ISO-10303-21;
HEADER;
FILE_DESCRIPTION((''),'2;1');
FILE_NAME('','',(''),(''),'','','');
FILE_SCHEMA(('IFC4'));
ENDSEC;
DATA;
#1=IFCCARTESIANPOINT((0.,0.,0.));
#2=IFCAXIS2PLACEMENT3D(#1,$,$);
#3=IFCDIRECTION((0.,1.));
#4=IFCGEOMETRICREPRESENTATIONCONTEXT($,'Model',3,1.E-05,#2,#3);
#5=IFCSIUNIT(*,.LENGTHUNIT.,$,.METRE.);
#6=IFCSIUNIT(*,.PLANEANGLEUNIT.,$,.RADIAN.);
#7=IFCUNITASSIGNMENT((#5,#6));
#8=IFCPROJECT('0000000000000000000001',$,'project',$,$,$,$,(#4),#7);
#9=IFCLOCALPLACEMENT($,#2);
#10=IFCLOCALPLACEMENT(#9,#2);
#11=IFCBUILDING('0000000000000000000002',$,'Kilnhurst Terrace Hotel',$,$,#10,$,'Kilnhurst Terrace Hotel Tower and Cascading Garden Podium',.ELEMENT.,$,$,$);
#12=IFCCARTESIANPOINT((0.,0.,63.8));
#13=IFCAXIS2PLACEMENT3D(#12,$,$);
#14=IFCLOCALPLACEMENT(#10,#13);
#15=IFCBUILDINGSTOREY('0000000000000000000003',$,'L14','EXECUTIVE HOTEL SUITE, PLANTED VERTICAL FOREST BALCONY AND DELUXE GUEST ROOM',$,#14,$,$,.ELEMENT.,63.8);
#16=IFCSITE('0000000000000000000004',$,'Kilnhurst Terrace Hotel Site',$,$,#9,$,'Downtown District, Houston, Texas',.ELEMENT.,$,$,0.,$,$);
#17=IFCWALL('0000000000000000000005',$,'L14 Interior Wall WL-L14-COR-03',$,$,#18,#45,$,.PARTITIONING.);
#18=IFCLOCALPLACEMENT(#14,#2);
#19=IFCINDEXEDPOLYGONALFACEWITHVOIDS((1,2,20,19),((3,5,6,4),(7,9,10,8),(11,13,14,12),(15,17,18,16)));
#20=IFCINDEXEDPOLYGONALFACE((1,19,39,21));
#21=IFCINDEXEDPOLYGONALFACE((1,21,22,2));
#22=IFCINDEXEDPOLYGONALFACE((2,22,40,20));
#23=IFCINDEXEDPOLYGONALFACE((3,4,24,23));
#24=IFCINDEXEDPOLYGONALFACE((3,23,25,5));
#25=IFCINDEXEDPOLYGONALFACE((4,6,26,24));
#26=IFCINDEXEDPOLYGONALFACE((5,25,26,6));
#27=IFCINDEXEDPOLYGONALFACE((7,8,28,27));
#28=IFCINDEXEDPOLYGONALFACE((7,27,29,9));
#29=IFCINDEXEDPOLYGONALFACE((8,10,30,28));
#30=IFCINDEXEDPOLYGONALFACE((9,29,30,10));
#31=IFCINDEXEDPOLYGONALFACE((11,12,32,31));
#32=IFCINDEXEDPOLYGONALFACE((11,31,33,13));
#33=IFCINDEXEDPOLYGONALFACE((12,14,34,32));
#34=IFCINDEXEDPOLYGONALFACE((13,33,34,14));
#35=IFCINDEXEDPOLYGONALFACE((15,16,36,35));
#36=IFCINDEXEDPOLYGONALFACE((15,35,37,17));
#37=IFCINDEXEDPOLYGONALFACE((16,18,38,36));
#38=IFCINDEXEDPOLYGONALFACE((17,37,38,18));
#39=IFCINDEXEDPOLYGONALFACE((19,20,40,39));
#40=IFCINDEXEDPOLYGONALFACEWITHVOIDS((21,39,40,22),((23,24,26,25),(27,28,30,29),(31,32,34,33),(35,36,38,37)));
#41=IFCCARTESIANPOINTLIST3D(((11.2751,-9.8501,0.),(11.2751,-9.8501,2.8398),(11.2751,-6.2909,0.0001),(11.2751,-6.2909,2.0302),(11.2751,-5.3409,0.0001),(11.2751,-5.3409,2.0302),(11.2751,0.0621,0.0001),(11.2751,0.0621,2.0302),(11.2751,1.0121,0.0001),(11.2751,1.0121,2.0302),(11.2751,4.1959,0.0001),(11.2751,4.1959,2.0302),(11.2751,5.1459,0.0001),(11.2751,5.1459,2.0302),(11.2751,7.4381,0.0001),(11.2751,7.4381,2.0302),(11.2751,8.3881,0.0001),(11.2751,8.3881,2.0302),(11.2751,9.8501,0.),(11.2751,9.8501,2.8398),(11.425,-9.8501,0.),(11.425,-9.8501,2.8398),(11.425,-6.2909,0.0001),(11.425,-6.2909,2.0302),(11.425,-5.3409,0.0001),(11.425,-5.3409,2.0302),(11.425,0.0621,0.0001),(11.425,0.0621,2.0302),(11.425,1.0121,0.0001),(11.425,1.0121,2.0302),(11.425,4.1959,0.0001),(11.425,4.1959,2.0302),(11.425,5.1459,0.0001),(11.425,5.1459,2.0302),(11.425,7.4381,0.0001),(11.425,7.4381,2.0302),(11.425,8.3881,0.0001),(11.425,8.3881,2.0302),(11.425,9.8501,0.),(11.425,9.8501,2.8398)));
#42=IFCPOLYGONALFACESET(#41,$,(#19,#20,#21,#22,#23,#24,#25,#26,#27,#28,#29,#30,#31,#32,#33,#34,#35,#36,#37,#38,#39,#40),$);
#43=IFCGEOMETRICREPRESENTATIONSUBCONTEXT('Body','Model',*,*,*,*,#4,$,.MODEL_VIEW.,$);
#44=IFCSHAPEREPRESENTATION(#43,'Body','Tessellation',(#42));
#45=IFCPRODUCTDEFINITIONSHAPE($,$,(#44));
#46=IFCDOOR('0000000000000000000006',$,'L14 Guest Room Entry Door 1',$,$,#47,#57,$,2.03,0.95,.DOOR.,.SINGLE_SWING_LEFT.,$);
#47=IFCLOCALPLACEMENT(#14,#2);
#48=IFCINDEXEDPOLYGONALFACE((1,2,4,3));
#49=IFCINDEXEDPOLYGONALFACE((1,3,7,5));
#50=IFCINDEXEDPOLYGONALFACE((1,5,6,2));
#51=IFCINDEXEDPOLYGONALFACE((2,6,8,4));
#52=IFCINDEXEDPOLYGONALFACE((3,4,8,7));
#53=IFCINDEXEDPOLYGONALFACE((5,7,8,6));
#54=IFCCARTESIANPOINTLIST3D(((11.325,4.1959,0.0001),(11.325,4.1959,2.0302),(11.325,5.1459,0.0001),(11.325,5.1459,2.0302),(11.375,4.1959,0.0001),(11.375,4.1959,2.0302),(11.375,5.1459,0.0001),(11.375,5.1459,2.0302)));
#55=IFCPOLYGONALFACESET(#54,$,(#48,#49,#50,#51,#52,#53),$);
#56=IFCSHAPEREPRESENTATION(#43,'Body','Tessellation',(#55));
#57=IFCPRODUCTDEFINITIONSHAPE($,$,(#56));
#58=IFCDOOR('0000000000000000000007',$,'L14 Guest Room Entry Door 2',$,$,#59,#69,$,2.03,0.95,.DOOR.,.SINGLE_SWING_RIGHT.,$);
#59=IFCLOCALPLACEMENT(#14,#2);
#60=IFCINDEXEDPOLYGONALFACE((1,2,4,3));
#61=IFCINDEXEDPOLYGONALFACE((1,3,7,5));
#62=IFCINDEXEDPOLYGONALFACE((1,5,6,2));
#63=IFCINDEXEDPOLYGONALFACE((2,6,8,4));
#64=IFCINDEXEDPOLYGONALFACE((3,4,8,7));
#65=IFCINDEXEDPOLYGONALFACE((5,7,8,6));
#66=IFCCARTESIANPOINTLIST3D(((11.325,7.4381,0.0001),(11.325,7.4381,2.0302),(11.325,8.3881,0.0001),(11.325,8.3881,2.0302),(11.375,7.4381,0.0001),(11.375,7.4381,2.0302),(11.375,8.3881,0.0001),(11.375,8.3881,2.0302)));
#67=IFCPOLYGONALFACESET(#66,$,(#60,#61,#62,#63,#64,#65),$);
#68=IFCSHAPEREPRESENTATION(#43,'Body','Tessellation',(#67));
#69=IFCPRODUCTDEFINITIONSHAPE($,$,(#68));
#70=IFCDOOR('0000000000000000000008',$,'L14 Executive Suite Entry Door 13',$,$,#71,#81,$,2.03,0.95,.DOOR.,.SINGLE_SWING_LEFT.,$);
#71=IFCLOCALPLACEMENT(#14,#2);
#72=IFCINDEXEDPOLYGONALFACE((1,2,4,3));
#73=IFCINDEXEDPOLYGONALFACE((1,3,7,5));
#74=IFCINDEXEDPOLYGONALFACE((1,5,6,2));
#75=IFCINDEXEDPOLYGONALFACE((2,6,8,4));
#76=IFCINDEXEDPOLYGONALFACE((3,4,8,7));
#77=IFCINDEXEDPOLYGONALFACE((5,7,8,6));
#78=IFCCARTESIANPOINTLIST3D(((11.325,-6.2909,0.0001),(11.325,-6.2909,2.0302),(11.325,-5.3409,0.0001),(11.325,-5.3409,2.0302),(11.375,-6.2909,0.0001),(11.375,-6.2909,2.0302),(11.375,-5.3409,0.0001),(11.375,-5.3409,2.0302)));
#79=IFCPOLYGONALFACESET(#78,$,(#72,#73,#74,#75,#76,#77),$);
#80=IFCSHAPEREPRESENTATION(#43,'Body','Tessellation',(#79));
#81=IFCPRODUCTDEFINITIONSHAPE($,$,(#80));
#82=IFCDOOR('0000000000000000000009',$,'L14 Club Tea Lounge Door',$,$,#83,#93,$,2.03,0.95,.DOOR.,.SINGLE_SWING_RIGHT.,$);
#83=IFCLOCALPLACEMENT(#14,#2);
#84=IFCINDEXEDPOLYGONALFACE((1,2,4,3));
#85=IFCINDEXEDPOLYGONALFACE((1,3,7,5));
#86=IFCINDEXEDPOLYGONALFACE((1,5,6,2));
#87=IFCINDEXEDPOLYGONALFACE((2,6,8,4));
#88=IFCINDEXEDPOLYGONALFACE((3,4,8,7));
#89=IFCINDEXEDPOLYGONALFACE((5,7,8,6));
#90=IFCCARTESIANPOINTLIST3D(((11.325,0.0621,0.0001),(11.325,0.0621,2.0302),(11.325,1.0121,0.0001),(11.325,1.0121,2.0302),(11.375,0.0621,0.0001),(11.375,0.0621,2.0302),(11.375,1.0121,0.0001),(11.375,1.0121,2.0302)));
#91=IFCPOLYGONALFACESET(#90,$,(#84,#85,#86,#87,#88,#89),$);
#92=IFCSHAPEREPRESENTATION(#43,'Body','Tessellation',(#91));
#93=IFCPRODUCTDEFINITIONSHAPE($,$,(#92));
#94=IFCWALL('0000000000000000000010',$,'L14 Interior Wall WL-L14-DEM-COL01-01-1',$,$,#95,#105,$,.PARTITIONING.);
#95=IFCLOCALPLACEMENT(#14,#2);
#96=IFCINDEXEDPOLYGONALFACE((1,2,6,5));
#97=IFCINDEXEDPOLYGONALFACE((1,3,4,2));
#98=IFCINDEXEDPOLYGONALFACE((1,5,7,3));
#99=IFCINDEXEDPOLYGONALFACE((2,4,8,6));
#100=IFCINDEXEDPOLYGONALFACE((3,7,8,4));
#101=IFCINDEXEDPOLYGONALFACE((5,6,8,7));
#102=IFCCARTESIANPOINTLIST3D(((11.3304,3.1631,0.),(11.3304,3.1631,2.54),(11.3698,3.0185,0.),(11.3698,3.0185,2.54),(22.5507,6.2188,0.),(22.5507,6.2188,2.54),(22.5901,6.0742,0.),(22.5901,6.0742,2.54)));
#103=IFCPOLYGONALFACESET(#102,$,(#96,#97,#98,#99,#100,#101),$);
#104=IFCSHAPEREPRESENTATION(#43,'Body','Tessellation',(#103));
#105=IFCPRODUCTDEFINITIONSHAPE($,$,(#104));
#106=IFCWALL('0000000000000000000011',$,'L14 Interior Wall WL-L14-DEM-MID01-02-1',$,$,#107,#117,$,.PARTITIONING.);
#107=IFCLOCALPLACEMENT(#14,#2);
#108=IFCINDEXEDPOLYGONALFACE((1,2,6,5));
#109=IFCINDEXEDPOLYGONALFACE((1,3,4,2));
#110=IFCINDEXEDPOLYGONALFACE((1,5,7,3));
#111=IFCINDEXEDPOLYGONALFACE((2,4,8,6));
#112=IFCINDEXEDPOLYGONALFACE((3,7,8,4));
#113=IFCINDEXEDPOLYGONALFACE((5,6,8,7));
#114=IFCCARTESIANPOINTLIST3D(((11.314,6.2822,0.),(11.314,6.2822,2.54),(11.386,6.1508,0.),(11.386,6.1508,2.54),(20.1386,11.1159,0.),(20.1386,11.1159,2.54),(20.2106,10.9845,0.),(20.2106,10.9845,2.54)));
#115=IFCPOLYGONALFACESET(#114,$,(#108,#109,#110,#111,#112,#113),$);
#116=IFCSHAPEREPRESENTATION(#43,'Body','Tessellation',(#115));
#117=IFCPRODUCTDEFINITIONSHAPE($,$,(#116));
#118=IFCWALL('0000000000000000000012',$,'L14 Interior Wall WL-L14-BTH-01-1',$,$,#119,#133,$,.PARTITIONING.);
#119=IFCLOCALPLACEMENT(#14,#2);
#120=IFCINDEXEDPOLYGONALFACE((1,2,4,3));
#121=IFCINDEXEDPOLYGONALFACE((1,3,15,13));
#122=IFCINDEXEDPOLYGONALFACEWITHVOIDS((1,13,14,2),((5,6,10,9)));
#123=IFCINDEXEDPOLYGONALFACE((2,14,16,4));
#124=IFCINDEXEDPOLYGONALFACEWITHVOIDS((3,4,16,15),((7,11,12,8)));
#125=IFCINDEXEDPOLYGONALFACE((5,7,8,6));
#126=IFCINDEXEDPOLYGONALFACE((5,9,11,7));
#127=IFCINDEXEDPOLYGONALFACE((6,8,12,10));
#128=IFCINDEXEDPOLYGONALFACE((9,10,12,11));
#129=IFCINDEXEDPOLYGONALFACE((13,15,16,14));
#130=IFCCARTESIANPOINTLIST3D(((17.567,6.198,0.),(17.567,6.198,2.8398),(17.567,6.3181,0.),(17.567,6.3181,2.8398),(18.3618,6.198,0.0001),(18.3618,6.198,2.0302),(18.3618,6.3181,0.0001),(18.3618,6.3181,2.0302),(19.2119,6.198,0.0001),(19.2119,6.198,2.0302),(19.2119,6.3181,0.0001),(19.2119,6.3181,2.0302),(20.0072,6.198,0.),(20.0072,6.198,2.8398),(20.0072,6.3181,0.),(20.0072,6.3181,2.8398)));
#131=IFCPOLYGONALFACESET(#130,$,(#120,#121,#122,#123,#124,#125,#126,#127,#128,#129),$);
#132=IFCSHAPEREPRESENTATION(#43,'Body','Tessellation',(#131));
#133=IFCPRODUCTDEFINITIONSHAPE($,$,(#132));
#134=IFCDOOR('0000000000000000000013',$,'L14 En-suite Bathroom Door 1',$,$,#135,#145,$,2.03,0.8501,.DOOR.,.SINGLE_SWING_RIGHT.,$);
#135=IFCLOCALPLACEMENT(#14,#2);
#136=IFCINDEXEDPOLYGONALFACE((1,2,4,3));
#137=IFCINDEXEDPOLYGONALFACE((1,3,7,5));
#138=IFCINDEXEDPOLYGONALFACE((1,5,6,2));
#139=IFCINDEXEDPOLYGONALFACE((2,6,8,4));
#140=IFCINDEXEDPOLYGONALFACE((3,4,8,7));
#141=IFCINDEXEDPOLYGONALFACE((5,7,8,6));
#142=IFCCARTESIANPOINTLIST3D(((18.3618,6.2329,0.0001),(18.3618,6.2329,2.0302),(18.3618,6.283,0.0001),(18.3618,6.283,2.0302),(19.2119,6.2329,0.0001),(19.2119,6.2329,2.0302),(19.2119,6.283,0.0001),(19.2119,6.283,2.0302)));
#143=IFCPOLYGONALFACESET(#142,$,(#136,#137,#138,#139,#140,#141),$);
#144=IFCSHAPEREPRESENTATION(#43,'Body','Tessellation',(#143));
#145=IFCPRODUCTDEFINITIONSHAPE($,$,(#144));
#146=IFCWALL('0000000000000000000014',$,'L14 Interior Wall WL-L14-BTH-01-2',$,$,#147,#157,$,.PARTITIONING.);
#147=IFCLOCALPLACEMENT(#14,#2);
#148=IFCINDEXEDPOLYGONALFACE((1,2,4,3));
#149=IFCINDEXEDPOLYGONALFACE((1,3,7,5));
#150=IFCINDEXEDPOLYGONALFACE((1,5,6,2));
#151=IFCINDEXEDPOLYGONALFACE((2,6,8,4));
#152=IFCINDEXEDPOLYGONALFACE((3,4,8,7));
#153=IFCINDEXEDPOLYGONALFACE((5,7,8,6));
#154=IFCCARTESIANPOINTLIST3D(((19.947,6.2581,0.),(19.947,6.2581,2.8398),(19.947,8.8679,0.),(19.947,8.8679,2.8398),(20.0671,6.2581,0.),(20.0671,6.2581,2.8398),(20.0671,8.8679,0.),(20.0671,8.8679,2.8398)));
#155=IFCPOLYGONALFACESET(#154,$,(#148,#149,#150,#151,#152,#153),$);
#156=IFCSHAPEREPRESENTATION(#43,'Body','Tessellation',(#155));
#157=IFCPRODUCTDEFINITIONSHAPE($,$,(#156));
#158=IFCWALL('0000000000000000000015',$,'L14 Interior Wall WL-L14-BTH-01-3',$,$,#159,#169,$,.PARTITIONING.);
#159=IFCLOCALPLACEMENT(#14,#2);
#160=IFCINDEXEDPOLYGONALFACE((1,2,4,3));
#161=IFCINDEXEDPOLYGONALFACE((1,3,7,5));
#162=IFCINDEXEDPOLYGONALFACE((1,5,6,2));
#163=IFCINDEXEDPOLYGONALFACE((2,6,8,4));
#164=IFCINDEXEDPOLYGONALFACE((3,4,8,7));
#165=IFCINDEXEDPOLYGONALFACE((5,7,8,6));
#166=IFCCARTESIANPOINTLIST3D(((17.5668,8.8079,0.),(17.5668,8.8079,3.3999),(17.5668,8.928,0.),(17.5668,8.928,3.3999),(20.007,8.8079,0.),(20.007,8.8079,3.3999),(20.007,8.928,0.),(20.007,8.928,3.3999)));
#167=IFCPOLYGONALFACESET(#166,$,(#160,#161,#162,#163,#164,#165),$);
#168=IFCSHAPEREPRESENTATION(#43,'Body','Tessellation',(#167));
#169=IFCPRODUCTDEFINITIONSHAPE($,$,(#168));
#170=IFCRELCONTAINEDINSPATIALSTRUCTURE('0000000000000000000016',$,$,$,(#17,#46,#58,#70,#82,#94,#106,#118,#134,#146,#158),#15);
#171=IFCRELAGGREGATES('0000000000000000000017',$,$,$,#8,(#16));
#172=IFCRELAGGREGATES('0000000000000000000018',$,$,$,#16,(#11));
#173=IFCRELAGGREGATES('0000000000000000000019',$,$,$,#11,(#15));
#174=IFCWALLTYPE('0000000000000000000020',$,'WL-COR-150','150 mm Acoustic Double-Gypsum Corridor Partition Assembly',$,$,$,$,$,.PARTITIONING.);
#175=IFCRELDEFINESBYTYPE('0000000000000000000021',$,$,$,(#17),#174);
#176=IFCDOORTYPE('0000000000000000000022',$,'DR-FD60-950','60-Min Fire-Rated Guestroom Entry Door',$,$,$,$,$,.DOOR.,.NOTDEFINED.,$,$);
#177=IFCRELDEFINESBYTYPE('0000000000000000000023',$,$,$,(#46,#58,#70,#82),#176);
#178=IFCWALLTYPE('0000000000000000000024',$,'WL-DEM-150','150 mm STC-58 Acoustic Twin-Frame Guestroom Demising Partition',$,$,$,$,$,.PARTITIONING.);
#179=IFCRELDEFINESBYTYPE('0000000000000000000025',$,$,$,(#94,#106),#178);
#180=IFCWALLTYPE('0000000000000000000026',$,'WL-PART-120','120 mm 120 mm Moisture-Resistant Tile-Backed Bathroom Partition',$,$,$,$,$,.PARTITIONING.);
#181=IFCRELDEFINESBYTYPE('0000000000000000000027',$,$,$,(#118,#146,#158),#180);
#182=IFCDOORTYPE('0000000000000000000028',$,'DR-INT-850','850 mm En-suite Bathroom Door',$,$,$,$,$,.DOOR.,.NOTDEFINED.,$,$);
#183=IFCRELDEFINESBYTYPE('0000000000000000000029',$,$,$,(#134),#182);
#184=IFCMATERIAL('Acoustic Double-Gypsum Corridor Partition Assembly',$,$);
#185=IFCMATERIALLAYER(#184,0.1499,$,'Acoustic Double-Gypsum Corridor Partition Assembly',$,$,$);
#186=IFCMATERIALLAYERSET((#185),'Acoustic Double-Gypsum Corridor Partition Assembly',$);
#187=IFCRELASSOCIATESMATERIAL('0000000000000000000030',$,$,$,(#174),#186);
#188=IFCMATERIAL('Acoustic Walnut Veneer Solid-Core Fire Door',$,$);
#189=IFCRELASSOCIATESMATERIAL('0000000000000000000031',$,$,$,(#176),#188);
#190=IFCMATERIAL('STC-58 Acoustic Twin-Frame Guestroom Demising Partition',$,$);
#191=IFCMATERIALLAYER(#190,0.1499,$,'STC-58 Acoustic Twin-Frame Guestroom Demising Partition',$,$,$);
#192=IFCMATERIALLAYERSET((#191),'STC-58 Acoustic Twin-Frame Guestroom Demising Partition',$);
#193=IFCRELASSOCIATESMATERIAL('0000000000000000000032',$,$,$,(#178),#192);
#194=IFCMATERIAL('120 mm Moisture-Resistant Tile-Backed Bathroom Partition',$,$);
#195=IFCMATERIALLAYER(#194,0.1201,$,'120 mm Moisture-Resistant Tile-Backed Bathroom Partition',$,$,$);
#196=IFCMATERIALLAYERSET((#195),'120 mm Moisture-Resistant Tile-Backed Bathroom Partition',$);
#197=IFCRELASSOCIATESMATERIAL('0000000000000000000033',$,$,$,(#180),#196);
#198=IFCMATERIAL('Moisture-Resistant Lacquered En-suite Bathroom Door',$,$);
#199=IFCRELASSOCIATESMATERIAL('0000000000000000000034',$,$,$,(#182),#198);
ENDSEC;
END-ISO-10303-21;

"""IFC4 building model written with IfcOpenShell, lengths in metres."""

from ifc_helpers import new_model, si_unit, direction, frame, frame_2d, origin, place, context, subcontext, project, spatial, rectangle, extrude, material, layer, layer_set, type_object, element, fill, save


model = new_model("IFC4")

# Units and contexts
model_context = context("Model", 3, precision=1e-05, world=origin(), true_north=direction((0.0, 1.0)))
body_context = subcontext(model_context, "Body", "Model", "MODEL_VIEW")
ifc_project = project(units=[si_unit("LENGTHUNIT", "METRE"), si_unit("PLANEANGLEUNIT", "RADIAN")], contexts=[model_context])

# Site, building, storey
site_placement = place(None, origin())
site = spatial("IfcSite", under=ifc_project, at=site_placement, Name="Kilnhurst Terrace Hotel Site", LongName="Downtown District, Houston, Texas", CompositionType="ELEMENT", RefElevation=0.0)
building_placement = place(site_placement, origin())
building = spatial("IfcBuilding", under=site, at=building_placement, Name="Kilnhurst Terrace Hotel", LongName="Kilnhurst Terrace Hotel Tower and Cascading Garden Podium", CompositionType="ELEMENT")
storey_placement = place(building_placement, frame((0.0, 0.0, 63.8)))
storey = spatial("IfcBuildingStorey", under=building, at=storey_placement, Name="L14", Description="EXECUTIVE HOTEL SUITE, PLANTED VERTICAL FOREST BALCONY AND DELUXE GUEST ROOM", CompositionType="ELEMENT", Elevation=63.8)

# Wall, openings, doors
ifc_material_1 = material(Name="Acoustic Double-Gypsum Corridor Partition Assembly")
ifc_layer_1 = layer(ifc_material_1, 0.1499, Name="Acoustic Double-Gypsum Corridor Partition Assembly")
ifc_layer_set_1 = layer_set([ifc_layer_1], Name="Acoustic Double-Gypsum Corridor Partition Assembly")
wall_type_1 = type_object("IfcWallType", Name="WL-COR-150", Description="150 mm Acoustic Double-Gypsum Corridor Partition Assembly", PredefinedType="PARTITIONING", material=ifc_layer_set_1)
wall_1_placement = place(storey_placement, frame((11.3501, 9.8501, 0.0), z_axis=(0.0, 0.0, 1.0), x_axis=(0.0, -1.0, 0.0)))
wall_1 = element("IfcWall", 1, at=wall_1_placement, inside=storey, type_object=wall_type_1, Name="L14 Interior Wall WL-L14-COR-03", PredefinedType="PARTITIONING", context=body_context, shape_type="SweptSolid", body=[
    extrude(rectangle(XDim=19.7002, YDim=0.1499, at=frame_2d((9.8501, 0.0))), origin(), (0.0, 0.0, 1.0), 2.8398),
])
opening_1_placement = place(wall_1_placement, frame((4.7041, 0.0, 0.0)))
opening_1 = element("IfcOpeningElement", 2, at=opening_1_placement, cuts=wall_1, PredefinedType="OPENING", context=body_context, shape_type="SweptSolid", body=[
    extrude(rectangle(XDim=0.95, YDim=2.03, at=frame_2d((0.4751, 1.0151))), frame((0.0, 0.085, 0.0), z_axis=(0.0, -1.0, 0.0), x_axis=(1.0, 0.0, 0.0)), (0.0, 0.0, 1.0), 0.1699),
])
opening_2_placement = place(wall_1_placement, frame((1.4619, 0.0, 0.0)))
opening_2 = element("IfcOpeningElement", 3, at=opening_2_placement, cuts=wall_1, PredefinedType="OPENING", context=body_context, shape_type="SweptSolid", body=[
    extrude(rectangle(XDim=0.95, YDim=2.03, at=frame_2d((0.4751, 1.0151))), frame((0.0, 0.085, 0.0), z_axis=(0.0, -1.0, 0.0), x_axis=(1.0, 0.0, 0.0)), (0.0, 0.0, 1.0), 0.1699),
])
opening_3_placement = place(wall_1_placement, frame((15.1909, 0.0, 0.0)))
opening_3 = element("IfcOpeningElement", 4, at=opening_3_placement, cuts=wall_1, PredefinedType="OPENING", context=body_context, shape_type="SweptSolid", body=[
    extrude(rectangle(XDim=0.95, YDim=2.03, at=frame_2d((0.4751, 1.0151))), frame((0.0, 0.085, 0.0), z_axis=(0.0, -1.0, 0.0), x_axis=(1.0, 0.0, 0.0)), (0.0, 0.0, 1.0), 0.1699),
])
opening_4_placement = place(wall_1_placement, frame((8.8379, 0.0, 0.0)))
opening_4 = element("IfcOpeningElement", 5, at=opening_4_placement, cuts=wall_1, PredefinedType="OPENING", context=body_context, shape_type="SweptSolid", body=[
    extrude(rectangle(XDim=0.95, YDim=2.03, at=frame_2d((0.4751, 1.0151))), frame((0.0, 0.085, 0.0), z_axis=(0.0, -1.0, 0.0), x_axis=(1.0, 0.0, 0.0)), (0.0, 0.0, 1.0), 0.1699),
])
ifc_material_2 = material(Name="Acoustic Walnut Veneer Solid-Core Fire Door")
door_type_1 = type_object("IfcDoorType", Name="DR-FD60-950", Description="60-Min Fire-Rated Guestroom Entry Door", OperationType="NOTDEFINED", PredefinedType="DOOR", material=ifc_material_2)
door_1_placement = place(opening_1_placement, origin())
door_1 = element("IfcDoor", 6, at=door_1_placement, inside=storey, type_object=door_type_1, Name="L14 Guest Room Entry Door 1", OperationType="SINGLE_SWING_LEFT", OverallHeight=2.03, OverallWidth=0.95, PredefinedType="DOOR", context=body_context, shape_type="SweptSolid", body=[
    extrude(rectangle(XDim=0.95, YDim=2.03, at=frame_2d((0.4751, 1.0151))), frame((0.0, 0.0249, 0.0), z_axis=(0.0, -1.0, 0.0), x_axis=(1.0, 0.0, 0.0)), (0.0, 0.0, 1.0), 0.05),
])
fill(opening_1, door_1)
door_2_placement = place(opening_2_placement, origin())
door_2 = element("IfcDoor", 7, at=door_2_placement, inside=storey, type_object=door_type_1, Name="L14 Guest Room Entry Door 2", OperationType="SINGLE_SWING_RIGHT", OverallHeight=2.03, OverallWidth=0.95, PredefinedType="DOOR", context=body_context, shape_type="SweptSolid", body=[
    extrude(rectangle(XDim=0.95, YDim=2.03, at=frame_2d((0.4751, 1.0151))), frame((0.0, 0.0249, 0.0), z_axis=(0.0, -1.0, 0.0), x_axis=(1.0, 0.0, 0.0)), (0.0, 0.0, 1.0), 0.05),
])
fill(opening_2, door_2)
door_3_placement = place(opening_3_placement, origin())
door_3 = element("IfcDoor", 8, at=door_3_placement, inside=storey, type_object=door_type_1, Name="L14 Executive Suite Entry Door 13", OperationType="SINGLE_SWING_LEFT", OverallHeight=2.03, OverallWidth=0.95, PredefinedType="DOOR", context=body_context, shape_type="SweptSolid", body=[
    extrude(rectangle(XDim=0.95, YDim=2.03, at=frame_2d((0.4751, 1.0151))), frame((0.0, 0.0249, 0.0), z_axis=(0.0, -1.0, 0.0), x_axis=(1.0, 0.0, 0.0)), (0.0, 0.0, 1.0), 0.05),
])
fill(opening_3, door_3)
door_4_placement = place(opening_4_placement, origin())
door_4 = element("IfcDoor", 9, at=door_4_placement, inside=storey, type_object=door_type_1, Name="L14 Club Tea Lounge Door", OperationType="SINGLE_SWING_RIGHT", OverallHeight=2.03, OverallWidth=0.95, PredefinedType="DOOR", context=body_context, shape_type="SweptSolid", body=[
    extrude(rectangle(XDim=0.95, YDim=2.03, at=frame_2d((0.4751, 1.0151))), frame((0.0, 0.0249, 0.0), z_axis=(0.0, -1.0, 0.0), x_axis=(1.0, 0.0, 0.0)), (0.0, 0.0, 1.0), 0.05),
])
fill(opening_4, door_4)

# Walls
ifc_material_3 = material(Name="STC-58 Acoustic Twin-Frame Guestroom Demising Partition")
ifc_layer_2 = layer(ifc_material_3, 0.1499, Name="STC-58 Acoustic Twin-Frame Guestroom Demising Partition")
ifc_layer_set_2 = layer_set([ifc_layer_2], Name="STC-58 Acoustic Twin-Frame Guestroom Demising Partition")
wall_type_2 = type_object("IfcWallType", Name="WL-DEM-150", Description="150 mm STC-58 Acoustic Twin-Frame Guestroom Demising Partition", PredefinedType="PARTITIONING", material=ifc_layer_set_2)
wall_2_placement = place(storey_placement, frame((11.3501, 3.0908, 0.0), z_axis=(0.0, 0.0, 1.0), x_axis=(0.96486, 0.262766, 0.0)))
element("IfcWall", 10, at=wall_2_placement, inside=storey, type_object=wall_type_2, Name="L14 Interior Wall WL-L14-DEM-COL01-01-1", PredefinedType="PARTITIONING", context=body_context, shape_type="SweptSolid", body=[
    extrude(rectangle(XDim=11.6289, YDim=0.1499, at=frame_2d((5.8145, 0.0))), origin(), (0.0, 0.0, 1.0), 2.54),
])
wall_3_placement = place(storey_placement, frame((11.3501, 6.2166, 0.0), z_axis=(0.0, 0.0, 1.0), x_axis=(0.877048, 0.480404, 0.0)))
element("IfcWall", 11, at=wall_3_placement, inside=storey, type_object=wall_type_2, Name="L14 Interior Wall WL-L14-DEM-MID01-02-1", PredefinedType="PARTITIONING", context=body_context, shape_type="SweptSolid", body=[
    extrude(rectangle(XDim=10.0618, YDim=0.1499, at=frame_2d((5.0308, 0.0))), origin(), (0.0, 0.0, 1.0), 2.54),
])

# Wall, opening, door
ifc_material_4 = material(Name="120 mm Moisture-Resistant Tile-Backed Bathroom Partition")
ifc_layer_3 = layer(ifc_material_4, 0.1201, Name="120 mm Moisture-Resistant Tile-Backed Bathroom Partition")
ifc_layer_set_3 = layer_set([ifc_layer_3], Name="120 mm Moisture-Resistant Tile-Backed Bathroom Partition")
wall_type_3 = type_object("IfcWallType", Name="WL-PART-120", Description="120 mm 120 mm Moisture-Resistant Tile-Backed Bathroom Partition", PredefinedType="PARTITIONING", material=ifc_layer_set_3)
wall_4_placement = place(storey_placement, frame((17.5669, 6.2581, 0.0), z_axis=(0.0, 0.0, 1.0), x_axis=(1.0, 0.0, 0.0)))
wall_4 = element("IfcWall", 12, at=wall_4_placement, inside=storey, type_object=wall_type_3, Name="L14 Interior Wall WL-L14-BTH-01-1", PredefinedType="PARTITIONING", context=body_context, shape_type="SweptSolid", body=[
    extrude(rectangle(XDim=2.4402, YDim=0.1201, at=frame_2d((1.2202, 0.0))), origin(), (0.0, 0.0, 1.0), 2.8398),
])
opening_5_placement = place(wall_4_placement, frame((0.7949, 0.0, 0.0)))
opening_5 = element("IfcOpeningElement", 13, at=opening_5_placement, cuts=wall_4, PredefinedType="OPENING", context=body_context, shape_type="SweptSolid", body=[
    extrude(rectangle(XDim=0.8501, YDim=2.03, at=frame_2d((0.425, 1.0151))), frame((0.0, 0.0701, 0.0), z_axis=(0.0, -1.0, 0.0), x_axis=(1.0, 0.0, 0.0)), (0.0, 0.0, 1.0), 0.1401),
])
ifc_material_5 = material(Name="Moisture-Resistant Lacquered En-suite Bathroom Door")
door_type_2 = type_object("IfcDoorType", Name="DR-INT-850", Description="850 mm En-suite Bathroom Door", OperationType="NOTDEFINED", PredefinedType="DOOR", material=ifc_material_5)
door_5_placement = place(opening_5_placement, origin())
door_5 = element("IfcDoor", 14, at=door_5_placement, inside=storey, type_object=door_type_2, Name="L14 En-suite Bathroom Door 1", OperationType="SINGLE_SWING_RIGHT", OverallHeight=2.03, OverallWidth=0.8501, PredefinedType="DOOR", context=body_context, shape_type="SweptSolid", body=[
    extrude(rectangle(XDim=0.8501, YDim=2.03, at=frame_2d((0.425, 1.0151))), frame((0.0, 0.0249, 0.0), z_axis=(0.0, -1.0, 0.0), x_axis=(1.0, 0.0, 0.0)), (0.0, 0.0, 1.0), 0.05),
])
fill(opening_5, door_5)

# Walls
wall_5_placement = place(storey_placement, frame((20.0071, 6.2581, 0.0), z_axis=(0.0, 0.0, 1.0), x_axis=(0.0, 1.0, 0.0)))
element("IfcWall", 15, at=wall_5_placement, inside=storey, type_object=wall_type_3, Name="L14 Interior Wall WL-L14-BTH-01-2", PredefinedType="PARTITIONING", context=body_context, shape_type="SweptSolid", body=[
    extrude(rectangle(XDim=2.6099, YDim=0.1201, at=frame_2d((1.3049, 0.0))), origin(), (0.0, 0.0, 1.0), 2.8398),
])
wall_6_placement = place(storey_placement, frame((20.0071, 8.8679, 0.0), z_axis=(0.0, 0.0, 1.0), x_axis=(-1.0, 0.0, 0.0)))
element("IfcWall", 16, at=wall_6_placement, inside=storey, type_object=wall_type_3, Name="L14 Interior Wall WL-L14-BTH-01-3", PredefinedType="PARTITIONING", context=body_context, shape_type="SweptSolid", body=[
    extrude(rectangle(XDim=2.4402, YDim=0.1201, at=frame_2d((1.2202, 0.0))), origin(), (0.0, 0.0, 1.0), 3.3999),
])

save(model, "model.ifc")
